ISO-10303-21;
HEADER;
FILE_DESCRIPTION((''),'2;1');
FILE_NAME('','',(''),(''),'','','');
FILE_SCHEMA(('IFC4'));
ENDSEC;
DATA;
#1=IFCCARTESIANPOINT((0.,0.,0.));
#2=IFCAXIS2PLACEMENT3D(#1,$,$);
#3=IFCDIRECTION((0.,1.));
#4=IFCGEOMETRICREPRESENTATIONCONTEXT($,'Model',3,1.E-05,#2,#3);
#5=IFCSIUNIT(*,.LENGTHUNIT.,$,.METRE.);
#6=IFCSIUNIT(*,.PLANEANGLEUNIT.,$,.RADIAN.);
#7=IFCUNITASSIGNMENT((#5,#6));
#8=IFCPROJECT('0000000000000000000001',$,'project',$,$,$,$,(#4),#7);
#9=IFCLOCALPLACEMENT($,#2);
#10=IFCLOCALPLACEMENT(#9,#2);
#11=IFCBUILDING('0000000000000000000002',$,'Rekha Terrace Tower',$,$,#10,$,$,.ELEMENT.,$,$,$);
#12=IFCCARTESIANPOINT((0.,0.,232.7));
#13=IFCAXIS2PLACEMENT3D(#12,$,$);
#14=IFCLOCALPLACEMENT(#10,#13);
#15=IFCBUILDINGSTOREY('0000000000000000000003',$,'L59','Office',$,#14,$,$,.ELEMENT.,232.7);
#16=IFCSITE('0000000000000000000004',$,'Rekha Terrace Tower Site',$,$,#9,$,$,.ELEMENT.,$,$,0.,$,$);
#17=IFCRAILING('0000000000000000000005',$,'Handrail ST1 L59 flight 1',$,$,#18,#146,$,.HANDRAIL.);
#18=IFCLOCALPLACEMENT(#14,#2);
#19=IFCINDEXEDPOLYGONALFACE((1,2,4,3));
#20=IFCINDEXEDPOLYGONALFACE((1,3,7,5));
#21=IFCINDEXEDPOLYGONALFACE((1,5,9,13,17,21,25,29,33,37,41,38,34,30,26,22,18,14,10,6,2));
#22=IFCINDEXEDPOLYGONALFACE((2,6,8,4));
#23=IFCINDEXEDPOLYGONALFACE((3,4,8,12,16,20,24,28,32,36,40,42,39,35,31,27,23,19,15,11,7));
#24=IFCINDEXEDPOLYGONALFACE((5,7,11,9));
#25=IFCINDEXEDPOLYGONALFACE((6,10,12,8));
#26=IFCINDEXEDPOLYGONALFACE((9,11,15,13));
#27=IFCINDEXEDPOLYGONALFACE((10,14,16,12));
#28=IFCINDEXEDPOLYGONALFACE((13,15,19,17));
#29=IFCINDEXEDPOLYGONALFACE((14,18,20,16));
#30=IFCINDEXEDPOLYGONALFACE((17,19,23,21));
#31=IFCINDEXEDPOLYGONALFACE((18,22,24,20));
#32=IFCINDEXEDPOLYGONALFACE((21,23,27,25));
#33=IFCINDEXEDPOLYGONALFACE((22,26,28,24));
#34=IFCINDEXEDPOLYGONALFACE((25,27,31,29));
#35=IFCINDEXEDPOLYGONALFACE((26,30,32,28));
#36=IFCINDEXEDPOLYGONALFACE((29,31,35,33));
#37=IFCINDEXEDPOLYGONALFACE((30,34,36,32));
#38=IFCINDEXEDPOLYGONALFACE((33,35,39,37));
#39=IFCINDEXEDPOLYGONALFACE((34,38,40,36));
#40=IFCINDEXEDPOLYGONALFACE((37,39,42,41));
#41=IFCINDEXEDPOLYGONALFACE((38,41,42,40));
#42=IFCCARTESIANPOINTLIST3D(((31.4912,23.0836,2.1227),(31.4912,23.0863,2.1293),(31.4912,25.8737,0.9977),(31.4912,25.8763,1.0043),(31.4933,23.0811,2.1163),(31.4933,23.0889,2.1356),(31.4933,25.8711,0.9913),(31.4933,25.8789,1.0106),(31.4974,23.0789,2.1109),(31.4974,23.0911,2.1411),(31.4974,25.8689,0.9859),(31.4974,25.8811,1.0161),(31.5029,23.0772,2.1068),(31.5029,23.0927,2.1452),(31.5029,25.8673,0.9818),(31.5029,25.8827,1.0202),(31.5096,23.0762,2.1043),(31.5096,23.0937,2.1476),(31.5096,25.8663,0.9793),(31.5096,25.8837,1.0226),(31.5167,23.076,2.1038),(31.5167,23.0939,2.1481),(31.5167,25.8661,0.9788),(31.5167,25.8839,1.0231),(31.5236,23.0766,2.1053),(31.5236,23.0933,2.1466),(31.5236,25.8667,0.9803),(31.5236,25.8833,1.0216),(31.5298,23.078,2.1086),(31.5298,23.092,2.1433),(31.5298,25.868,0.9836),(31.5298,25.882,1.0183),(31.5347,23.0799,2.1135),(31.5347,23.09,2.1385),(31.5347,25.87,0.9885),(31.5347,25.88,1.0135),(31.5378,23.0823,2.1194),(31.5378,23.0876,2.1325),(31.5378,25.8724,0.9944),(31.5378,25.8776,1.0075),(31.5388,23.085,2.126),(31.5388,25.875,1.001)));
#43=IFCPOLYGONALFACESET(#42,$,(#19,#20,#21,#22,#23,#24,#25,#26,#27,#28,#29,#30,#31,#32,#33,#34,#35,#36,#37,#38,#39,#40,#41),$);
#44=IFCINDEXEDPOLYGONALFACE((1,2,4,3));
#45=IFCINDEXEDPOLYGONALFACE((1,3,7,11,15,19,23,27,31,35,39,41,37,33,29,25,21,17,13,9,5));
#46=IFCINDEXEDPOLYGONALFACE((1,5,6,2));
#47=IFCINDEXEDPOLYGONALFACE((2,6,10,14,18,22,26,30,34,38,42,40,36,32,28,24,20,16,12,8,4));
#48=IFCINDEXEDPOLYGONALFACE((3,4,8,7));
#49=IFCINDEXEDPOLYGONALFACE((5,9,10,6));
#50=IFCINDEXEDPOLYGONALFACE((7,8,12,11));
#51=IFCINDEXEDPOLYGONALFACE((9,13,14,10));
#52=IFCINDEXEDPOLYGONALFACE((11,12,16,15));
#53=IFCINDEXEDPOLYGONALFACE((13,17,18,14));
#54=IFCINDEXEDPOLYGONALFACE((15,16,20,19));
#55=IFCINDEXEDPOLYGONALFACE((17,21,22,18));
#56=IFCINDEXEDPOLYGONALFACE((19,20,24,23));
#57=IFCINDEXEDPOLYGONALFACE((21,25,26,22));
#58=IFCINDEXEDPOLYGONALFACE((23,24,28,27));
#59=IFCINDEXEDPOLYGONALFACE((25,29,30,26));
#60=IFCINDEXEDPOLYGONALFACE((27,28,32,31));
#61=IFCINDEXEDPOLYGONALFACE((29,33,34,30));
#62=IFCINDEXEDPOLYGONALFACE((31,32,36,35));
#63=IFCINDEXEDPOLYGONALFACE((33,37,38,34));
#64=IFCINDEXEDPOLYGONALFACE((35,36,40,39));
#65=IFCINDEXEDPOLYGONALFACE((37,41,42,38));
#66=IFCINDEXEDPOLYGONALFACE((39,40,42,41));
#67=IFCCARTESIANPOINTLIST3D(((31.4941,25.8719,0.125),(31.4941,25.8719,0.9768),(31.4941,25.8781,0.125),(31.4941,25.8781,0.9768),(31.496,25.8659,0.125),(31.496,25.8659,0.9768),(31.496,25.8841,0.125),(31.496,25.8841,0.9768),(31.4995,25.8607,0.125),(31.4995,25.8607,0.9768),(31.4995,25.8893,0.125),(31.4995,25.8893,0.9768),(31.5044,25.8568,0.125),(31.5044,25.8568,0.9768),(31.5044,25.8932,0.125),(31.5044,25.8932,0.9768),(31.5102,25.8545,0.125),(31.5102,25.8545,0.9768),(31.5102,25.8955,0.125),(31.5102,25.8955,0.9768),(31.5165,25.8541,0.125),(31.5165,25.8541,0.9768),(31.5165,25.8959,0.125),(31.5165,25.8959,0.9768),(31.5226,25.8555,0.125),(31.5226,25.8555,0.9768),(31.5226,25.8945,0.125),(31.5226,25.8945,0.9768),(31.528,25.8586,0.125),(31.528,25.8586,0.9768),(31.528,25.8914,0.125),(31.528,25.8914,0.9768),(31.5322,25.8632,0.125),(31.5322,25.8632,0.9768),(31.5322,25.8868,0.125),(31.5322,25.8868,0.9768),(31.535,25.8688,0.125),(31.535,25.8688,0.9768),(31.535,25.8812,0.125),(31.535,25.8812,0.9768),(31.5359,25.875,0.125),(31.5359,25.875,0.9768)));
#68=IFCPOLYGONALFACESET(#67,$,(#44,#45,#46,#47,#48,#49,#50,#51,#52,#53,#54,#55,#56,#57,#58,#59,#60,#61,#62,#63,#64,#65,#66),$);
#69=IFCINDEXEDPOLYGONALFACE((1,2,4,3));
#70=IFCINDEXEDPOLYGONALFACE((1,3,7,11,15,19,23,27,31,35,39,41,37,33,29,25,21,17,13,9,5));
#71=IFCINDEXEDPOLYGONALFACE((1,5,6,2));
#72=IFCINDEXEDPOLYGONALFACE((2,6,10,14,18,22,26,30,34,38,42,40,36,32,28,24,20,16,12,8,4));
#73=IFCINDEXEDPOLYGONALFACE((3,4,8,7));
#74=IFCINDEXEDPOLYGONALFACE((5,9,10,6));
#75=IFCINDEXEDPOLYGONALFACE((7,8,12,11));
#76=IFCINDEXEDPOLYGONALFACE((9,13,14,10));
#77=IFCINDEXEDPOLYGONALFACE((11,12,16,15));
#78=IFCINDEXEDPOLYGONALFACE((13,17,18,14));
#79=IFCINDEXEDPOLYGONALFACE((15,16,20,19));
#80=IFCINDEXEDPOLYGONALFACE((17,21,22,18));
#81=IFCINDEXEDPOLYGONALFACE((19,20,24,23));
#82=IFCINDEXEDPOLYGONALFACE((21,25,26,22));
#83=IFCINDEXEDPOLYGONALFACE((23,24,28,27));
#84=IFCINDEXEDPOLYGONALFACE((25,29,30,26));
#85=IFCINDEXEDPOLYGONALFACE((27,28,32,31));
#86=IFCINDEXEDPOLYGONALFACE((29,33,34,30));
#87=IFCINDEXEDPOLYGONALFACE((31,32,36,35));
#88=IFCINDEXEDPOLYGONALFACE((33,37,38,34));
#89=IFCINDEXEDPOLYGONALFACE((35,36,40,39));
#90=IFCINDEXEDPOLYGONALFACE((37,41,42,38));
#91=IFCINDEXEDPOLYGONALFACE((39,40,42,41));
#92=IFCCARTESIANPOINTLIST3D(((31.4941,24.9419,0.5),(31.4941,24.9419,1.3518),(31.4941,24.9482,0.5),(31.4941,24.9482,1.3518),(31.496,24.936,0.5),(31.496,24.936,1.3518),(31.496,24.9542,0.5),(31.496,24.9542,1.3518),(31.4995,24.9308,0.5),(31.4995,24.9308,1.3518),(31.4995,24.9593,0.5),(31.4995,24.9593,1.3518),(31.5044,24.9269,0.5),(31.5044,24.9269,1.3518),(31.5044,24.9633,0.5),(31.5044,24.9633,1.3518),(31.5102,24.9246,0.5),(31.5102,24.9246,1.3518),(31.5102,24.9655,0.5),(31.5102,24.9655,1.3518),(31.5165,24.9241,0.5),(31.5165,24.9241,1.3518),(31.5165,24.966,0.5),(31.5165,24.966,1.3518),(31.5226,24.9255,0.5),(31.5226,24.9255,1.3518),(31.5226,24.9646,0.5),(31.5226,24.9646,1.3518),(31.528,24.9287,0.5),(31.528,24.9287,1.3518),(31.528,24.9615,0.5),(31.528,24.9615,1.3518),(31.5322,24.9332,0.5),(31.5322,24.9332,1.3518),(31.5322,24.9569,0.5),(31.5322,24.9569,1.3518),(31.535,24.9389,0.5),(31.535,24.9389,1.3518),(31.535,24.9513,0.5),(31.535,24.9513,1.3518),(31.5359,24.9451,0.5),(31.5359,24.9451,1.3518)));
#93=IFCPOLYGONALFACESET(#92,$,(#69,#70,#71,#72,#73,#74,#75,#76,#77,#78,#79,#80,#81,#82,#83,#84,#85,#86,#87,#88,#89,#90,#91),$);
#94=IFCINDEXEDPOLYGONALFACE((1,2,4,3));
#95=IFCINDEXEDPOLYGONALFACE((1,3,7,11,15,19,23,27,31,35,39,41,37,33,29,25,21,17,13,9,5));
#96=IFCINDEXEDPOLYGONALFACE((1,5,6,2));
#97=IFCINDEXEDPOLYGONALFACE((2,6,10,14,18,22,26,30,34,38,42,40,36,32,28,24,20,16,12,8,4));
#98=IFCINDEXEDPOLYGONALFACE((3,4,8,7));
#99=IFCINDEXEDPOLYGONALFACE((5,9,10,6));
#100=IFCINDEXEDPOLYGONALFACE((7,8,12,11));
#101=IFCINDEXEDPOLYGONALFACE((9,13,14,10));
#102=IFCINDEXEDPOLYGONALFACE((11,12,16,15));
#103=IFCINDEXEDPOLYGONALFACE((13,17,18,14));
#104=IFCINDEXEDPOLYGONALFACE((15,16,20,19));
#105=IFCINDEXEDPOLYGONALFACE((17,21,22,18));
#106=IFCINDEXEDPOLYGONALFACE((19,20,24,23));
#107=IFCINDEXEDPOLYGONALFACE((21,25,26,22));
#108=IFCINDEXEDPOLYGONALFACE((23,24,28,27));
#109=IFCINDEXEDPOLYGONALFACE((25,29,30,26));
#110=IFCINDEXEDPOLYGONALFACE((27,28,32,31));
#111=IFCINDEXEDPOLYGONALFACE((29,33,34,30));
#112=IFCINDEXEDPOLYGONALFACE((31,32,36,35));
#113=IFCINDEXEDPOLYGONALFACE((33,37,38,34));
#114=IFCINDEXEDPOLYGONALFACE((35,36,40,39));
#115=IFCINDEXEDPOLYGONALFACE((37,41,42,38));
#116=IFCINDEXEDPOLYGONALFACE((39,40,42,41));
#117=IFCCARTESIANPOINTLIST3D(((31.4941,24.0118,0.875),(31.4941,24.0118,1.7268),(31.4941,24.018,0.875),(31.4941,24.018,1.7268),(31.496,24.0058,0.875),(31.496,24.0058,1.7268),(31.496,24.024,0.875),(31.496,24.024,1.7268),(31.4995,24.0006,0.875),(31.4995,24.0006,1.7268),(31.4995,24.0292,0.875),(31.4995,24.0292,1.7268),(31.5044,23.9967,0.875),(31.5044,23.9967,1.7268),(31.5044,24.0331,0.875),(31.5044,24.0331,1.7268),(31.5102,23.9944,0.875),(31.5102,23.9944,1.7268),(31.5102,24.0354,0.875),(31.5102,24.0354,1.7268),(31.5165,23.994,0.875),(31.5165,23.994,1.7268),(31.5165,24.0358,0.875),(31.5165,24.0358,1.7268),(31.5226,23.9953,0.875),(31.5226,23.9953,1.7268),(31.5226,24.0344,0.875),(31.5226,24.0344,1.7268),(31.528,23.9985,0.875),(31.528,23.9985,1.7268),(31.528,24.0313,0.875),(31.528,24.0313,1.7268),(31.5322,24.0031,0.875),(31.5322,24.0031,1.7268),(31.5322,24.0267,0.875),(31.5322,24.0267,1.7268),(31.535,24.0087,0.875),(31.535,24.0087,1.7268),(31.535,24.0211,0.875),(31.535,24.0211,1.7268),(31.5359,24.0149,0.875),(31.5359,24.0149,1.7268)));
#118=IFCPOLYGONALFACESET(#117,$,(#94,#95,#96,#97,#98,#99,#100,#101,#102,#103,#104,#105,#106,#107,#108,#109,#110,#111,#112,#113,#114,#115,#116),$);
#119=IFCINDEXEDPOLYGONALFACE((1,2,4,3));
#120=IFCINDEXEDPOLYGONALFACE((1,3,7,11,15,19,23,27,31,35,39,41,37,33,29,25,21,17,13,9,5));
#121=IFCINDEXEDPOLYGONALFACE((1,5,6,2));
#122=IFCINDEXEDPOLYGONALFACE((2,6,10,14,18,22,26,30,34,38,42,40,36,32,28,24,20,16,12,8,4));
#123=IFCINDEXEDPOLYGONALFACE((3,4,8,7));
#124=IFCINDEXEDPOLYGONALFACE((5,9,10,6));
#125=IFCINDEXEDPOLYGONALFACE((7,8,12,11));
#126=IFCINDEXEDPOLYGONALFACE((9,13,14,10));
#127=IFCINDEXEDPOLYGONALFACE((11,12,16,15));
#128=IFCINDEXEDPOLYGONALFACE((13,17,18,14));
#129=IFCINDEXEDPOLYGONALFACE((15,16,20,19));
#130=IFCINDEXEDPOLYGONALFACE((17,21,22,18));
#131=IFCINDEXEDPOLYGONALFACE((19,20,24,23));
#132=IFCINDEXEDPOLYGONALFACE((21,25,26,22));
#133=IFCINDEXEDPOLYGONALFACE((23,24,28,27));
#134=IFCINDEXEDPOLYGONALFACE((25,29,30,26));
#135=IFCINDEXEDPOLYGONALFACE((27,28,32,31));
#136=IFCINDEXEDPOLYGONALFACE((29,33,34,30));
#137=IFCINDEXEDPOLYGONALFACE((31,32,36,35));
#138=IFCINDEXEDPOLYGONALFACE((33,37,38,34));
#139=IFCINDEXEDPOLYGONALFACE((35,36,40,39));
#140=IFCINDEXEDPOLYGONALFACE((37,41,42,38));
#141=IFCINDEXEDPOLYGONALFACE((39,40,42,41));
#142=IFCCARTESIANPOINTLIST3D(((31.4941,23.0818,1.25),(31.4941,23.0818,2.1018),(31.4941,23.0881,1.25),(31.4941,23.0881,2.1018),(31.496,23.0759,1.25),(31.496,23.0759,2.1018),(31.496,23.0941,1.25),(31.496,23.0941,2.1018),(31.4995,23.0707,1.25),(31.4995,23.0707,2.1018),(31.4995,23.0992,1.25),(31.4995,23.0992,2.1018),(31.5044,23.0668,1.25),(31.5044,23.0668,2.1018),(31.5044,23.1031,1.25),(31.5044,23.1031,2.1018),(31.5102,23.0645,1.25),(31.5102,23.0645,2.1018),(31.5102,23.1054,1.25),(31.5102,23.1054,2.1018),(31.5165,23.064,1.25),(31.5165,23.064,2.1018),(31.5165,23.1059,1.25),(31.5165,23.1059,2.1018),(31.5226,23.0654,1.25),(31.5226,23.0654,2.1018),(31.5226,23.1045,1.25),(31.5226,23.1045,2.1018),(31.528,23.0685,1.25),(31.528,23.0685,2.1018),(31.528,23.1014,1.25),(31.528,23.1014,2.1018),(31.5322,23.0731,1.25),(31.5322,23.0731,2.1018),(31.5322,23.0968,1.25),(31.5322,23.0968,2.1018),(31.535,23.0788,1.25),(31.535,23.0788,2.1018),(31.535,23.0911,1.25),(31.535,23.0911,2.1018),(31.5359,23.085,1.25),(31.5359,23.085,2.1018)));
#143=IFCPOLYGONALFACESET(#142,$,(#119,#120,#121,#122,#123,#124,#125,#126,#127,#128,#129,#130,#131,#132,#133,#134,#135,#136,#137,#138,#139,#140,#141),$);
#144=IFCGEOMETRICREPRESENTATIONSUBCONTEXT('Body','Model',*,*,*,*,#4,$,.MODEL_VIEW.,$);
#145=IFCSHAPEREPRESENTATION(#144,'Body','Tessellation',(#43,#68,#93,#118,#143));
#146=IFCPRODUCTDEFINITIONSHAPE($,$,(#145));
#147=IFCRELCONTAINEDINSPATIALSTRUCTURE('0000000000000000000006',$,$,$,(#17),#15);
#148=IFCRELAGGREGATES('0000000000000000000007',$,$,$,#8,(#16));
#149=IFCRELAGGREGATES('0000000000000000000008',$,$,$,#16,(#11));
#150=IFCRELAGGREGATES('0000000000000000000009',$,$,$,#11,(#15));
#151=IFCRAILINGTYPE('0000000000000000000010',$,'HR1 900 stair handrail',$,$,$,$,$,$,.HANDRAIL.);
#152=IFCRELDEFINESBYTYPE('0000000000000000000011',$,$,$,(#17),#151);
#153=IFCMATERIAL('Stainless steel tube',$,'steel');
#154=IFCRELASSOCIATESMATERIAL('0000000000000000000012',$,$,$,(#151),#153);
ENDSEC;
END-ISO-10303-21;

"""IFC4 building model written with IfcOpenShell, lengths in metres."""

from ifc_helpers import new_model, si_unit, direction, frame, origin, origin_2d, place, context, subcontext, project, spatial, circle, extrude, material, type_object, element, save


model = new_model("IFC4")

# Units and contexts
model_context = context("Model", 3, precision=1e-05, world=origin(), true_north=direction((0.0, 1.0)))
body_context = subcontext(model_context, "Body", "Model", "MODEL_VIEW")
ifc_project = project(units=[si_unit("LENGTHUNIT", "METRE"), si_unit("PLANEANGLEUNIT", "RADIAN")], contexts=[model_context])

# Site, building, storey
site_placement = place(None, origin())
site = spatial("IfcSite", under=ifc_project, at=site_placement, Name="Rekha Terrace Tower Site", CompositionType="ELEMENT", RefElevation=0.0)
building_placement = place(site_placement, origin())
building = spatial("IfcBuilding", under=site, at=building_placement, Name="Rekha Terrace Tower", CompositionType="ELEMENT")
storey_placement = place(building_placement, frame((0.0, 0.0, 232.7)))
storey = spatial("IfcBuildingStorey", under=building, at=storey_placement, Name="L59", Description="Office", CompositionType="ELEMENT", Elevation=232.7)

# Railing
ifc_material_1 = material(Name="Stainless steel tube", Category="steel")
railing_type = type_object("IfcRailingType", Name="HR1 900 stair handrail", PredefinedType="HANDRAIL", material=ifc_material_1)
railing_1_placement = place(storey_placement, frame((31.5149, 25.875, 0.125)))
element("IfcRailing", 1, at=railing_1_placement, inside=storey, type_object=railing_type, Name="Handrail ST1 L59 flight 1", PredefinedType="HANDRAIL", context=body_context, shape_type="SweptSolid", body=[
    extrude(circle(Radius=0.0239, at=origin_2d()), frame((0.0, 0.0, 0.876), z_axis=(0.0, -0.927443, 0.373964), x_axis=(1.0, 0.0, 0.0)), (0.0, 0.0, 1.0), 3.0083),
    extrude(circle(Radius=0.021, at=origin_2d()), origin(), (0.0, 0.0, 1.0), 0.8518),
    extrude(circle(Radius=0.021, at=origin_2d()), frame((0.0, -0.9299, 0.375)), (0.0, 0.0, 1.0), 0.8518),
    extrude(circle(Radius=0.021, at=origin_2d()), frame((0.0, -1.8601, 0.75)), (0.0, 0.0, 1.0), 0.8518),
    extrude(circle(Radius=0.021, at=origin_2d()), frame((0.0, -2.79, 1.125)), (0.0, 0.0, 1.0), 0.8518),
])

save(model, "model.ifc")
